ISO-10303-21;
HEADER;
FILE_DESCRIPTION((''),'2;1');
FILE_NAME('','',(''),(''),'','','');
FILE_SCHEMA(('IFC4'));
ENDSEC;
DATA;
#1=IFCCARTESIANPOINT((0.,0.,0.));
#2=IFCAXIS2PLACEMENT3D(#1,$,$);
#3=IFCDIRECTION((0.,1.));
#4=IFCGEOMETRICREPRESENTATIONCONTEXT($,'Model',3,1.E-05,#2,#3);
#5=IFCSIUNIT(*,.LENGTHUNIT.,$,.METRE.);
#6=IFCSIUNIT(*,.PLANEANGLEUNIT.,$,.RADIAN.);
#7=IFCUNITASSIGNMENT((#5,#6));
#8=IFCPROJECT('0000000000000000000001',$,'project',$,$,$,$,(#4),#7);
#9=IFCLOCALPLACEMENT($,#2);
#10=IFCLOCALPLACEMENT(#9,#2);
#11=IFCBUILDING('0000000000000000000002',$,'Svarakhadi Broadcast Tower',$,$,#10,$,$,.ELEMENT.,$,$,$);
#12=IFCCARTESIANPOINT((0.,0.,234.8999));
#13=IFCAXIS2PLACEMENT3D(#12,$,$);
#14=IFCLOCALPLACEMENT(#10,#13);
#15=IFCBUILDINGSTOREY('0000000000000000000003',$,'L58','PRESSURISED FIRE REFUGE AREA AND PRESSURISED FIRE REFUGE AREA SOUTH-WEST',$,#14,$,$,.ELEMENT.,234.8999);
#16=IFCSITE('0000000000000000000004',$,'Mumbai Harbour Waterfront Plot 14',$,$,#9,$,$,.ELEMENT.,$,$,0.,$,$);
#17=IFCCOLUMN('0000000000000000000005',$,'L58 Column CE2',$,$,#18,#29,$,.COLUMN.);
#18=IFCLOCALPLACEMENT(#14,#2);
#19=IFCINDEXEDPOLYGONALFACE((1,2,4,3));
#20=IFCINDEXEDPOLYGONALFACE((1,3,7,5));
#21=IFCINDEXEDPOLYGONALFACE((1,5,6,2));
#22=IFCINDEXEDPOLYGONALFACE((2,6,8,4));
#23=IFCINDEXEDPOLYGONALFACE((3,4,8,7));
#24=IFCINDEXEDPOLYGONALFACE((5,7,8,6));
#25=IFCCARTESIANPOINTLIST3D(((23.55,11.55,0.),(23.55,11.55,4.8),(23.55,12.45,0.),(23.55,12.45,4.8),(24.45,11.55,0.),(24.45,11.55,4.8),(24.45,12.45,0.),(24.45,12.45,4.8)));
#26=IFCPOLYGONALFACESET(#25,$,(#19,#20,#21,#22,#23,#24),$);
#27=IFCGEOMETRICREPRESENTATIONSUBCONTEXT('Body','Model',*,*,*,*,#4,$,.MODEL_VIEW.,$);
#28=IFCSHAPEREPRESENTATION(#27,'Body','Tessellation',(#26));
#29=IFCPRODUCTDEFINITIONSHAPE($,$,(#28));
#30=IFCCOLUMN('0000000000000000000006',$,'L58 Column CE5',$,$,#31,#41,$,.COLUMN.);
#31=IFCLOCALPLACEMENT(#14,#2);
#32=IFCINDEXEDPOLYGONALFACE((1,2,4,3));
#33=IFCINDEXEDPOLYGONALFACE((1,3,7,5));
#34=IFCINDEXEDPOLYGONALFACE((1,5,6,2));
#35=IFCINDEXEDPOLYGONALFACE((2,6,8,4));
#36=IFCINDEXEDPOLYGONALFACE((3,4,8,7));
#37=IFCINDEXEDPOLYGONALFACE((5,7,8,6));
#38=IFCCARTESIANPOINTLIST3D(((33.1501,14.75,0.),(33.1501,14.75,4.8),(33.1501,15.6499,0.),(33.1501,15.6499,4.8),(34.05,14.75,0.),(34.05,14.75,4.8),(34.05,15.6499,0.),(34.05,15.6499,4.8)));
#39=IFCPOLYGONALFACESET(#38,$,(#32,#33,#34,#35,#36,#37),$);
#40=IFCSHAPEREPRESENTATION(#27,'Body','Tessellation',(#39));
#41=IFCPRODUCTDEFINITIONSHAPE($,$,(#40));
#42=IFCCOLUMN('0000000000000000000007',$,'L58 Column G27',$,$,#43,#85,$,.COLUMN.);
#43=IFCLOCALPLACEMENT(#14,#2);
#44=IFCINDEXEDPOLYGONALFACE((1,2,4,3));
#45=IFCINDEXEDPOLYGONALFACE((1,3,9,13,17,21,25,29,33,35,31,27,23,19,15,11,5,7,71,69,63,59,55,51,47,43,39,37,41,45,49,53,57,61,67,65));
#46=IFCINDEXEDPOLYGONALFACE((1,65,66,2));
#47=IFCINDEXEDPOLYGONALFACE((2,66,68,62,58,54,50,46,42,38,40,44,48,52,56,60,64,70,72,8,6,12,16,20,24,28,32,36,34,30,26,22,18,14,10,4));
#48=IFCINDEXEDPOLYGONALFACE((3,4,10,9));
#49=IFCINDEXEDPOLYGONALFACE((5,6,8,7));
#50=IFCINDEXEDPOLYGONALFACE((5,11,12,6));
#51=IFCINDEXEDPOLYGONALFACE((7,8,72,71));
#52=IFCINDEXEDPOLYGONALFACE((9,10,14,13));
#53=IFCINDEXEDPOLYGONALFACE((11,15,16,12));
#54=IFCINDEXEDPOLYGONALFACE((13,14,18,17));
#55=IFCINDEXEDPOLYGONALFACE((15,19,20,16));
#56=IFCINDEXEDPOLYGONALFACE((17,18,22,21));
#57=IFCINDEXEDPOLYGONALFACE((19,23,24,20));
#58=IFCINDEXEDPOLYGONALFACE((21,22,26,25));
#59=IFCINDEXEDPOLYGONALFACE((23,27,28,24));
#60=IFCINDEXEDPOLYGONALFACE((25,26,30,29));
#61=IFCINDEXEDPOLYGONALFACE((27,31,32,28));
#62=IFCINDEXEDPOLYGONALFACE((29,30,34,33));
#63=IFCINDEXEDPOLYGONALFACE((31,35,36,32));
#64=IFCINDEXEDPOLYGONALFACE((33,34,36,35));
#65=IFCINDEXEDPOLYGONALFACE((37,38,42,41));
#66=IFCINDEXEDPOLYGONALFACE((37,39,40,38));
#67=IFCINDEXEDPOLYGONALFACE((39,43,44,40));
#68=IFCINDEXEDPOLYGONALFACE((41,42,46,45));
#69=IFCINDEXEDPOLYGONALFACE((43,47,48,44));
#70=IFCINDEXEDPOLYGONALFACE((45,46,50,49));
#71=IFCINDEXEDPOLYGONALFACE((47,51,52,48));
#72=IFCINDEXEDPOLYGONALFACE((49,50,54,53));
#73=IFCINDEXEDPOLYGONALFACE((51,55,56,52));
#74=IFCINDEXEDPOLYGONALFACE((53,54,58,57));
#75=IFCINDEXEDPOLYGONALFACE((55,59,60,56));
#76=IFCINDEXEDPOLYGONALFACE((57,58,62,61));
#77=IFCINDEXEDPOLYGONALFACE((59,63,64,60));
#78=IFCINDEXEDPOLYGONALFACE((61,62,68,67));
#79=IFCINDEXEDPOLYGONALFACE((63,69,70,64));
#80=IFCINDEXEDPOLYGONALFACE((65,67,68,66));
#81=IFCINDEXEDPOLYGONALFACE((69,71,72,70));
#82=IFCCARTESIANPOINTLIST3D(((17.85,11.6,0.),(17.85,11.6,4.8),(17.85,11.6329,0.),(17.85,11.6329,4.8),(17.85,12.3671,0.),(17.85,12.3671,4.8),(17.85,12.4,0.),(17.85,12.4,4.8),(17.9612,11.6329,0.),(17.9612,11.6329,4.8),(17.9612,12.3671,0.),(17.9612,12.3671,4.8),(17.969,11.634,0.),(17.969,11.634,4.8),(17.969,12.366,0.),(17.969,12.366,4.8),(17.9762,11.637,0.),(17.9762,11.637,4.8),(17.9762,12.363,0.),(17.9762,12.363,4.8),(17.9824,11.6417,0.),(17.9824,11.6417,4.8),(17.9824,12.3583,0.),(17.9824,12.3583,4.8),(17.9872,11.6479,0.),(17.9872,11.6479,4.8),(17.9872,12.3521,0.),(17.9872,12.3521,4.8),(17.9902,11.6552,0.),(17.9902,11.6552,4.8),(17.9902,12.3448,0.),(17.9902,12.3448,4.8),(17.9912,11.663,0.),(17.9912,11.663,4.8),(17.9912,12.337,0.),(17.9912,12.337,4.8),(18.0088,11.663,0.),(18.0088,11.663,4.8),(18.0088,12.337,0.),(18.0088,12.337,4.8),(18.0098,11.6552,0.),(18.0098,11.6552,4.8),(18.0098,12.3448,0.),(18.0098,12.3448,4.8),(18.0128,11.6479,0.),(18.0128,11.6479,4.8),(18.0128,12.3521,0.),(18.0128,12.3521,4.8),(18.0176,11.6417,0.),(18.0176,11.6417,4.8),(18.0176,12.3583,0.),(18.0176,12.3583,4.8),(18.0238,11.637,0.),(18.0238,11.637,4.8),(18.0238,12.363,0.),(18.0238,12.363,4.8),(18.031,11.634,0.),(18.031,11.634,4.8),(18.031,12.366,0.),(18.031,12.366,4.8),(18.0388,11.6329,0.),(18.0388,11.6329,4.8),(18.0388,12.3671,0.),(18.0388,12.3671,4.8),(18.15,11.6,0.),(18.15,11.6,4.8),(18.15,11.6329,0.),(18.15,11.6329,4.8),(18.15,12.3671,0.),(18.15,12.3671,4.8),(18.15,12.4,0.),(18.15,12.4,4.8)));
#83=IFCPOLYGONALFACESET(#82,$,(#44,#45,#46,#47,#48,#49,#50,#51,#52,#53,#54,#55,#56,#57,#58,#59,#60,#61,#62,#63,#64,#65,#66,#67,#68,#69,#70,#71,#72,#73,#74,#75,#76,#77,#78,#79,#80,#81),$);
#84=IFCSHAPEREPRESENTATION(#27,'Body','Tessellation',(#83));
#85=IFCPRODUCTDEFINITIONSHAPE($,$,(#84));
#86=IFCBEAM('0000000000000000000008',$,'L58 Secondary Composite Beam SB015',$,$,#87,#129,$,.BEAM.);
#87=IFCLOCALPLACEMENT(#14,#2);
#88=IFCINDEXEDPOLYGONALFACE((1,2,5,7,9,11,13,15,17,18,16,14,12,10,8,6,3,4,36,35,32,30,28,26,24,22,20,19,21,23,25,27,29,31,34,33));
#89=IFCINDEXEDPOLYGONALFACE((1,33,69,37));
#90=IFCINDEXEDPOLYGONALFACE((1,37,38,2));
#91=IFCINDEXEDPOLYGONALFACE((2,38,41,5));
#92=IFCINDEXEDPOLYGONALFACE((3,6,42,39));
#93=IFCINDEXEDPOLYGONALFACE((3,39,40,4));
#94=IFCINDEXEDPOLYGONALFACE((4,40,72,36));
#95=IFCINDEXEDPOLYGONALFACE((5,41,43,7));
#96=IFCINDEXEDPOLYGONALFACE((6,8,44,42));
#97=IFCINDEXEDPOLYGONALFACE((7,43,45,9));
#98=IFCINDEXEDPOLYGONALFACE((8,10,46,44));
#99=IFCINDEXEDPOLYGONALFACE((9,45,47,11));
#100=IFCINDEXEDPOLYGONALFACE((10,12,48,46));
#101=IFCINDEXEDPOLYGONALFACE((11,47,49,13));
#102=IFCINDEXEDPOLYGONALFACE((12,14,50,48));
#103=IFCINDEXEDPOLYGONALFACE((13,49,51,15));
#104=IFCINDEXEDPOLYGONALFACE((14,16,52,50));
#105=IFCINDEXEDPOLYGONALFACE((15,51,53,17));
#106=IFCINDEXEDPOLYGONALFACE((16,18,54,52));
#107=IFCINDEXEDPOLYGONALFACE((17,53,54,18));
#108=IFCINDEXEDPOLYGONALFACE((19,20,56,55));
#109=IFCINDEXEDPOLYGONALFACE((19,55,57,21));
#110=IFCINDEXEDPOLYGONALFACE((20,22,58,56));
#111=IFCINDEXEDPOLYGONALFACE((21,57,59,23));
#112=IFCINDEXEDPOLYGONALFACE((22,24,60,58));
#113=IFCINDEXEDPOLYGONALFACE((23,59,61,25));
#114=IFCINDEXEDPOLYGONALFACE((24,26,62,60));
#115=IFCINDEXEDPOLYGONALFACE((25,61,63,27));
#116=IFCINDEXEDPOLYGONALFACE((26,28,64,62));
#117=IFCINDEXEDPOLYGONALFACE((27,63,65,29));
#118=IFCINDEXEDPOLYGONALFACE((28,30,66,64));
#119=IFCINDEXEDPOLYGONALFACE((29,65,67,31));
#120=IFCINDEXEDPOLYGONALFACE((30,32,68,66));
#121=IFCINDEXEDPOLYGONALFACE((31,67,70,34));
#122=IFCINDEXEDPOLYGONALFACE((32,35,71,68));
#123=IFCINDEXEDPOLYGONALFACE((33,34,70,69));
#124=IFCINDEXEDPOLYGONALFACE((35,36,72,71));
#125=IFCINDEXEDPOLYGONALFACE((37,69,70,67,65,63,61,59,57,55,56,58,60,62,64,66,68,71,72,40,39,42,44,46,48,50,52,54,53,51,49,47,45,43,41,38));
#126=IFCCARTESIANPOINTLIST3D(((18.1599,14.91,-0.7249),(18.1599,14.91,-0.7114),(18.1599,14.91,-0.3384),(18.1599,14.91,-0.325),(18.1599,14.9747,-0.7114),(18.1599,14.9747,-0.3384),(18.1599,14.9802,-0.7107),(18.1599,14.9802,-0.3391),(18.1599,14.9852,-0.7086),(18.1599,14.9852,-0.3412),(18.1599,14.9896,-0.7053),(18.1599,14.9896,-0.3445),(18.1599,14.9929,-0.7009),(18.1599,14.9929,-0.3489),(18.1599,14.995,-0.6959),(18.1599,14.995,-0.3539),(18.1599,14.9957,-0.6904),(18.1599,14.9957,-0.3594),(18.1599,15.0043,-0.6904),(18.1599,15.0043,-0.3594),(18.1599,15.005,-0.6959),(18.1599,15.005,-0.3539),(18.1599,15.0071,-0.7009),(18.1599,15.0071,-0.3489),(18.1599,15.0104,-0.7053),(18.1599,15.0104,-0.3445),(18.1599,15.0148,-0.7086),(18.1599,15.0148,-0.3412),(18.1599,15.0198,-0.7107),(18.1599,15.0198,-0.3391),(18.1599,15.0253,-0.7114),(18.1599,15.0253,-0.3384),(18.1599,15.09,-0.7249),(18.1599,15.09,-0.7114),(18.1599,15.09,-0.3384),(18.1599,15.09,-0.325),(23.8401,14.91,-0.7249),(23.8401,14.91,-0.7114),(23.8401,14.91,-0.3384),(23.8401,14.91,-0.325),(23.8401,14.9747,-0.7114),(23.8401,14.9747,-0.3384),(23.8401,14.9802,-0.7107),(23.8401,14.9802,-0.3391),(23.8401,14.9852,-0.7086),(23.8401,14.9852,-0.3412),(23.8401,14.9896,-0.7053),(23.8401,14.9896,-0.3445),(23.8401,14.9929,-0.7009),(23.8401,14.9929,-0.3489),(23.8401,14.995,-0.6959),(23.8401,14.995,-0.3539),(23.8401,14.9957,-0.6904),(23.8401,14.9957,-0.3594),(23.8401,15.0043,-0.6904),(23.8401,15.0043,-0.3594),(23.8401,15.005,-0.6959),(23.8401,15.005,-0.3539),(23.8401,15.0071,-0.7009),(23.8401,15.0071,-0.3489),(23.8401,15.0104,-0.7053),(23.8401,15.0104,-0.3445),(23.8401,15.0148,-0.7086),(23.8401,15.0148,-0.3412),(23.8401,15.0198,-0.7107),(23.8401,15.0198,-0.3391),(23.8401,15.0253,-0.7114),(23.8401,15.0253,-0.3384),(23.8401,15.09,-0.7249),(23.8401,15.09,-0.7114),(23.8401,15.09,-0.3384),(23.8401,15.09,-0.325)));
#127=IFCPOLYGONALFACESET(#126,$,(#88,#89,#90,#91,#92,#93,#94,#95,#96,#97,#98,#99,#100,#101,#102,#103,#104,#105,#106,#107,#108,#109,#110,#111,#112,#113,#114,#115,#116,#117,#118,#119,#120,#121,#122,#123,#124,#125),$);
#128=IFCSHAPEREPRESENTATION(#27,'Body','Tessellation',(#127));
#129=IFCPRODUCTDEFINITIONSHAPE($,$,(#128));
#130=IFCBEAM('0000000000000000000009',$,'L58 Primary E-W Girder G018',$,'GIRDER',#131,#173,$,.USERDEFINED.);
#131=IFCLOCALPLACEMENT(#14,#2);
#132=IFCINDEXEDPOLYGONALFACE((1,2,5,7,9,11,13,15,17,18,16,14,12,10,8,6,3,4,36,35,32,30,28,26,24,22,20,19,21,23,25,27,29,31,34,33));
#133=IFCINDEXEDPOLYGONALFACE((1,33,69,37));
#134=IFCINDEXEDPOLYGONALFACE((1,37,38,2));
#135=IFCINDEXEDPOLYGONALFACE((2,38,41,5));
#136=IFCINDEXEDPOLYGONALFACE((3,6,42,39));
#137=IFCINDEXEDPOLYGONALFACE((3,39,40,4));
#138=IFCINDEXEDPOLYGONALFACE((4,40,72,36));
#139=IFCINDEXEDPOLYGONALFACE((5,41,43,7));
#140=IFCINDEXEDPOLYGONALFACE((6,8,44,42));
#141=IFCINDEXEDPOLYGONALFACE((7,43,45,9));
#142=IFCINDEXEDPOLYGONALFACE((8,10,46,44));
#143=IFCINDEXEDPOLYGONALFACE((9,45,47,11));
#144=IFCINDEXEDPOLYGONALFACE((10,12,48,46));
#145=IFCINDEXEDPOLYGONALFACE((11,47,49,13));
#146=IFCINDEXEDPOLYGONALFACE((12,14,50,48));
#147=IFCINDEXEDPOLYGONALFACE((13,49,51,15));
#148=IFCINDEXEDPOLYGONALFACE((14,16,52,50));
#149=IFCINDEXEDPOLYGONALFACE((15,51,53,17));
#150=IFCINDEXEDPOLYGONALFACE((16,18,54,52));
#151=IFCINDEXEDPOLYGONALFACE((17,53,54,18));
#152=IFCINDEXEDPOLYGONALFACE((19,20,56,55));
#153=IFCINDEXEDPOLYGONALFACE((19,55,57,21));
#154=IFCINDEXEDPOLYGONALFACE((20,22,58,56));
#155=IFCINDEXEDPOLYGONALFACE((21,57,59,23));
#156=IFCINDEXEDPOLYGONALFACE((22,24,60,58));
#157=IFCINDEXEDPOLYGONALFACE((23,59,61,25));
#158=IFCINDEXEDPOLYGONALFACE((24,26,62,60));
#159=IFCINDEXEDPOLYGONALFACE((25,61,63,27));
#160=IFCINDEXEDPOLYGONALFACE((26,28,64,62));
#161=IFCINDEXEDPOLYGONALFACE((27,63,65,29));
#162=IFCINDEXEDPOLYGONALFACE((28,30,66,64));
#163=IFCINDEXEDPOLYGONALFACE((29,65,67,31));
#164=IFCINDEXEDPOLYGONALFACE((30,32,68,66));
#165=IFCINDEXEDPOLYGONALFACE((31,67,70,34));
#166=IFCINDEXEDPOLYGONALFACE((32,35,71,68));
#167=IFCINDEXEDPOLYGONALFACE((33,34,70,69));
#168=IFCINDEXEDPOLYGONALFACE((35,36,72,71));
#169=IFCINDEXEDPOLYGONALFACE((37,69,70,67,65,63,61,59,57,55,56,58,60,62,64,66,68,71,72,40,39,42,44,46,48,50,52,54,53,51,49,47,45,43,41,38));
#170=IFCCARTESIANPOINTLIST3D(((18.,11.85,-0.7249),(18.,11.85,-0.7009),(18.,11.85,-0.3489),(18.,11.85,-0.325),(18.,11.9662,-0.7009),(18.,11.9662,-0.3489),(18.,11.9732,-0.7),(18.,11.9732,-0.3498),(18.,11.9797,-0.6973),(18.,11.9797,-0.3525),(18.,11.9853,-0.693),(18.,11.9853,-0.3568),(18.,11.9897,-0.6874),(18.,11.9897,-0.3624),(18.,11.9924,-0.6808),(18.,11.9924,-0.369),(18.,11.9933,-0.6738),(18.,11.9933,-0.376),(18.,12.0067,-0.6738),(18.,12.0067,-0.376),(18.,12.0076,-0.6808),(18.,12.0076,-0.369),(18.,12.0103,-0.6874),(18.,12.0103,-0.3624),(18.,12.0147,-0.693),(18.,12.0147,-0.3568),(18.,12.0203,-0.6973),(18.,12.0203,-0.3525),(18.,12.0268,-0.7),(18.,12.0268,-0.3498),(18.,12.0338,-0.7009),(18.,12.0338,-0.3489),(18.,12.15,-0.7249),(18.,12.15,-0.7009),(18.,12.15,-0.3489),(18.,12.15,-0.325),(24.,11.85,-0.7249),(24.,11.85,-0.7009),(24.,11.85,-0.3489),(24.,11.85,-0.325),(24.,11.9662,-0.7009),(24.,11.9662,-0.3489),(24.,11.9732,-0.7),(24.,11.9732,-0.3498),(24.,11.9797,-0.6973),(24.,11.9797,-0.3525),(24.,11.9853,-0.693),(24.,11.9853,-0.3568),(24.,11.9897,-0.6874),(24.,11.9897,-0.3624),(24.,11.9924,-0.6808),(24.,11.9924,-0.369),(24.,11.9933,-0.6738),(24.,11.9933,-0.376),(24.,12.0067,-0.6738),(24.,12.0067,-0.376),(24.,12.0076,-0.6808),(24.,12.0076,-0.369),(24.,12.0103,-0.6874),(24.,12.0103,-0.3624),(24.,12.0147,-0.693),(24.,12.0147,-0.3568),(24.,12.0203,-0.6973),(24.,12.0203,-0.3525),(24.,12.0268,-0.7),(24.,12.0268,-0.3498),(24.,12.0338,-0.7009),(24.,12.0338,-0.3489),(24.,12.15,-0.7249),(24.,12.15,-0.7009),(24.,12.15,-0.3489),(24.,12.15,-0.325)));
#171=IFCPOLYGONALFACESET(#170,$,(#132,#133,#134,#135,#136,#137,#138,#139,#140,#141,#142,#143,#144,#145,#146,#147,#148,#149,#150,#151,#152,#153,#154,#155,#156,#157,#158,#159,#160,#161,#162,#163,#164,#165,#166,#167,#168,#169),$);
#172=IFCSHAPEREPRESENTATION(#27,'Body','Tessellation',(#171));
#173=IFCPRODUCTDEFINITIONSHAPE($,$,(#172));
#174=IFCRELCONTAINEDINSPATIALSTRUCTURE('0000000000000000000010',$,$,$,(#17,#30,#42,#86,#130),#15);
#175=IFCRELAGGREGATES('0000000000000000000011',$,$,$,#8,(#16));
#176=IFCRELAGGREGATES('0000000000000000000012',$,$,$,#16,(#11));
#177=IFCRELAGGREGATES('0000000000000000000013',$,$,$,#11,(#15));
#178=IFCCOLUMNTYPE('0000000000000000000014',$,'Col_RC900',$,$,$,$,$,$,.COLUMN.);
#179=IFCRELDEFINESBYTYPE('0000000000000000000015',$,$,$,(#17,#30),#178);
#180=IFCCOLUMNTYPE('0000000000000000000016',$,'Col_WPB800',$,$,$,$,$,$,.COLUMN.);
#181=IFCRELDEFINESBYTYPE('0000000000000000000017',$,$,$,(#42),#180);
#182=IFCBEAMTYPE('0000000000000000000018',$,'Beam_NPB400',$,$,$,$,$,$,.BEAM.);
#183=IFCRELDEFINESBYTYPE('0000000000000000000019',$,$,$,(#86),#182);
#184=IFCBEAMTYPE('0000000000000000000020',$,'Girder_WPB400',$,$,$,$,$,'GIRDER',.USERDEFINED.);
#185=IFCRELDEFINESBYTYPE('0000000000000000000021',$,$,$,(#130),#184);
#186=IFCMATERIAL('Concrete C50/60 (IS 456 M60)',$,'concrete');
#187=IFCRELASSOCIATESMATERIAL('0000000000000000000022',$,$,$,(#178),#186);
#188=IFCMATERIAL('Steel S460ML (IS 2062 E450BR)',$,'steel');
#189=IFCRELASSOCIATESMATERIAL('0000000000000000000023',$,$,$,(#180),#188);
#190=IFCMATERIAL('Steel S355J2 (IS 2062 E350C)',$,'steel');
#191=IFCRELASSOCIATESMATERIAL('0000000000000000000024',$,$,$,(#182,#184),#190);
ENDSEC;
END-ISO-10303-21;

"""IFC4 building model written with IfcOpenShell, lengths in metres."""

from ifc_helpers import new_model, si_unit, direction, frame, origin, origin_2d, place, context, subcontext, project, spatial, rectangle, i_section, extrude, material, material_profile, profile_set, type_object, element, save


model = new_model("IFC4")

# Units and contexts
model_context = context("Model", 3, precision=1e-05, world=origin(), true_north=direction((0.0, 1.0)))
body_context = subcontext(model_context, "Body", "Model", "MODEL_VIEW")
ifc_project = project(units=[si_unit("LENGTHUNIT", "METRE"), si_unit("PLANEANGLEUNIT", "RADIAN")], contexts=[model_context])

# Site, building, storey
site_placement = place(None, origin())
site = spatial("IfcSite", under=ifc_project, at=site_placement, Name="Mumbai Harbour Waterfront Plot 14", CompositionType="ELEMENT", RefElevation=0.0)
building_placement = place(site_placement, origin())
building = spatial("IfcBuilding", under=site, at=building_placement, Name="Svarakhadi Broadcast Tower", CompositionType="ELEMENT")
storey_placement = place(building_placement, frame((0.0, 0.0, 234.8999)))
storey = spatial("IfcBuildingStorey", under=building, at=storey_placement, Name="L58", Description="PRESSURISED FIRE REFUGE AREA AND PRESSURISED FIRE REFUGE AREA SOUTH-WEST", CompositionType="ELEMENT", Elevation=234.8999)

# Columns
ifc_material_1 = material(Name="Concrete C50/60 (IS 456 M60)", Category="concrete")
ifc_material_profile_1 = material_profile(ifc_material_1, rectangle(XDim=0.8999, YDim=0.8999, at=origin_2d()), Name="RC 900x900")
ifc_profile_set_1 = profile_set([ifc_material_profile_1], Name="Concrete C50/60 (IS 456 M60)")
column_type_1 = type_object("IfcColumnType", Name="Col_RC900", PredefinedType="COLUMN", material=ifc_profile_set_1)
for number, where, z_axis, x_axis, name in (
    (1, (24.0, 12.0, 0.0), (0.0, 0.0, 1.0), (1.0, 0.0, 0.0), "L58 Column CE2"),
    (2, (33.6001, 15.2, 0.0), (0.0, 0.0, 1.0), (1.0, 0.0, 0.0), "L58 Column CE5"),
):
    element("IfcColumn", number, at=place(storey_placement, frame(where, z_axis=z_axis, x_axis=x_axis)), inside=storey, type_object=column_type_1, Name=name, PredefinedType="COLUMN", context=body_context, shape_type="SweptSolid", body=[
        extrude(rectangle(XDim=0.8999, YDim=0.8999, at=origin_2d()), origin(), (0.0, 0.0, 1.0), 4.8),
    ])
ifc_material_2 = material(Name="Steel S460ML (IS 2062 E450BR)", Category="steel")
ifc_material_profile_2 = material_profile(ifc_material_2, i_section(OverallWidth=0.3, OverallDepth=0.8, WebThickness=0.0176, FlangeThickness=0.033, FilletRadius=0.03, at=origin_2d()), Name="WPB 800x300x262")
ifc_profile_set_2 = profile_set([ifc_material_profile_2], Name="Steel S460ML (IS 2062 E450BR)")
column_type_2 = type_object("IfcColumnType", Name="Col_WPB800", PredefinedType="COLUMN", material=ifc_profile_set_2)
column_placement = place(storey_placement, frame((18.0, 12.0, 0.0), z_axis=(0.0, 0.0, 1.0), x_axis=(1.0, 0.0, 0.0)))
element("IfcColumn", 3, at=column_placement, inside=storey, type_object=column_type_2, Name="L58 Column G27", PredefinedType="COLUMN", context=body_context, shape_type="SweptSolid", body=[
    extrude(i_section(OverallWidth=0.3, OverallDepth=0.8, WebThickness=0.0176, FlangeThickness=0.033, FilletRadius=0.03, at=origin_2d()), origin(), (0.0, 0.0, 1.0), 4.8),
])

# Beams
ifc_material_3 = material(Name="Steel S355J2 (IS 2062 E350C)", Category="steel")
ifc_material_profile_3 = material_profile(ifc_material_3, i_section(OverallWidth=0.1799, OverallDepth=0.3999, WebThickness=0.0085, FlangeThickness=0.0134, FilletRadius=0.021, at=origin_2d()), Name="NPB 400x180x66")
ifc_profile_set_3 = profile_set([ifc_material_profile_3], Name="Steel S355J2 (IS 2062 E350C)")
beam_type_1 = type_object("IfcBeamType", Name="Beam_NPB400", PredefinedType="BEAM", material=ifc_profile_set_3)
beam_1_placement = place(storey_placement, frame((18.1599, 15.0, -0.5249), z_axis=(1.0, 0.0, 0.0), x_axis=(0.0, 1.0, 0.0)))
element("IfcBeam", 4, at=beam_1_placement, inside=storey, type_object=beam_type_1, Name="L58 Secondary Composite Beam SB015", PredefinedType="BEAM", context=body_context, shape_type="SweptSolid", body=[
    extrude(i_section(OverallWidth=0.1799, OverallDepth=0.3999, WebThickness=0.0085, FlangeThickness=0.0134, FilletRadius=0.021, at=origin_2d()), origin(), (0.0, 0.0, 1.0), 5.6802),
])
ifc_material_profile_4 = material_profile(ifc_material_3, i_section(OverallWidth=0.3, OverallDepth=0.3999, WebThickness=0.0134, FlangeThickness=0.0239, FilletRadius=0.0271, at=origin_2d()), Name="WPB 400x300x155")
ifc_profile_set_4 = profile_set([ifc_material_profile_4], Name="Steel S355J2 (IS 2062 E350C)")
beam_type_2 = type_object("IfcBeamType", Name="Girder_WPB400", ElementType="GIRDER", PredefinedType="USERDEFINED", material=ifc_profile_set_4)
for number, where, z_axis, x_axis, name in (
    (5, (18.0, 12.0, -0.5249), (1.0, 0.0, 0.0), (0.0, 1.0, 0.0), "L58 Primary E-W Girder G018"),
):
    element("IfcBeam", number, at=place(storey_placement, frame(where, z_axis=z_axis, x_axis=x_axis)), inside=storey, type_object=beam_type_2, Name=name, ObjectType="GIRDER", PredefinedType="USERDEFINED", context=body_context, shape_type="SweptSolid", body=[
        extrude(i_section(OverallWidth=0.3, OverallDepth=0.3999, WebThickness=0.0134, FlangeThickness=0.0239, FilletRadius=0.0271, at=origin_2d()), origin(), (0.0, 0.0, 1.0), 6.0),
    ])

save(model, "model.ifc")
